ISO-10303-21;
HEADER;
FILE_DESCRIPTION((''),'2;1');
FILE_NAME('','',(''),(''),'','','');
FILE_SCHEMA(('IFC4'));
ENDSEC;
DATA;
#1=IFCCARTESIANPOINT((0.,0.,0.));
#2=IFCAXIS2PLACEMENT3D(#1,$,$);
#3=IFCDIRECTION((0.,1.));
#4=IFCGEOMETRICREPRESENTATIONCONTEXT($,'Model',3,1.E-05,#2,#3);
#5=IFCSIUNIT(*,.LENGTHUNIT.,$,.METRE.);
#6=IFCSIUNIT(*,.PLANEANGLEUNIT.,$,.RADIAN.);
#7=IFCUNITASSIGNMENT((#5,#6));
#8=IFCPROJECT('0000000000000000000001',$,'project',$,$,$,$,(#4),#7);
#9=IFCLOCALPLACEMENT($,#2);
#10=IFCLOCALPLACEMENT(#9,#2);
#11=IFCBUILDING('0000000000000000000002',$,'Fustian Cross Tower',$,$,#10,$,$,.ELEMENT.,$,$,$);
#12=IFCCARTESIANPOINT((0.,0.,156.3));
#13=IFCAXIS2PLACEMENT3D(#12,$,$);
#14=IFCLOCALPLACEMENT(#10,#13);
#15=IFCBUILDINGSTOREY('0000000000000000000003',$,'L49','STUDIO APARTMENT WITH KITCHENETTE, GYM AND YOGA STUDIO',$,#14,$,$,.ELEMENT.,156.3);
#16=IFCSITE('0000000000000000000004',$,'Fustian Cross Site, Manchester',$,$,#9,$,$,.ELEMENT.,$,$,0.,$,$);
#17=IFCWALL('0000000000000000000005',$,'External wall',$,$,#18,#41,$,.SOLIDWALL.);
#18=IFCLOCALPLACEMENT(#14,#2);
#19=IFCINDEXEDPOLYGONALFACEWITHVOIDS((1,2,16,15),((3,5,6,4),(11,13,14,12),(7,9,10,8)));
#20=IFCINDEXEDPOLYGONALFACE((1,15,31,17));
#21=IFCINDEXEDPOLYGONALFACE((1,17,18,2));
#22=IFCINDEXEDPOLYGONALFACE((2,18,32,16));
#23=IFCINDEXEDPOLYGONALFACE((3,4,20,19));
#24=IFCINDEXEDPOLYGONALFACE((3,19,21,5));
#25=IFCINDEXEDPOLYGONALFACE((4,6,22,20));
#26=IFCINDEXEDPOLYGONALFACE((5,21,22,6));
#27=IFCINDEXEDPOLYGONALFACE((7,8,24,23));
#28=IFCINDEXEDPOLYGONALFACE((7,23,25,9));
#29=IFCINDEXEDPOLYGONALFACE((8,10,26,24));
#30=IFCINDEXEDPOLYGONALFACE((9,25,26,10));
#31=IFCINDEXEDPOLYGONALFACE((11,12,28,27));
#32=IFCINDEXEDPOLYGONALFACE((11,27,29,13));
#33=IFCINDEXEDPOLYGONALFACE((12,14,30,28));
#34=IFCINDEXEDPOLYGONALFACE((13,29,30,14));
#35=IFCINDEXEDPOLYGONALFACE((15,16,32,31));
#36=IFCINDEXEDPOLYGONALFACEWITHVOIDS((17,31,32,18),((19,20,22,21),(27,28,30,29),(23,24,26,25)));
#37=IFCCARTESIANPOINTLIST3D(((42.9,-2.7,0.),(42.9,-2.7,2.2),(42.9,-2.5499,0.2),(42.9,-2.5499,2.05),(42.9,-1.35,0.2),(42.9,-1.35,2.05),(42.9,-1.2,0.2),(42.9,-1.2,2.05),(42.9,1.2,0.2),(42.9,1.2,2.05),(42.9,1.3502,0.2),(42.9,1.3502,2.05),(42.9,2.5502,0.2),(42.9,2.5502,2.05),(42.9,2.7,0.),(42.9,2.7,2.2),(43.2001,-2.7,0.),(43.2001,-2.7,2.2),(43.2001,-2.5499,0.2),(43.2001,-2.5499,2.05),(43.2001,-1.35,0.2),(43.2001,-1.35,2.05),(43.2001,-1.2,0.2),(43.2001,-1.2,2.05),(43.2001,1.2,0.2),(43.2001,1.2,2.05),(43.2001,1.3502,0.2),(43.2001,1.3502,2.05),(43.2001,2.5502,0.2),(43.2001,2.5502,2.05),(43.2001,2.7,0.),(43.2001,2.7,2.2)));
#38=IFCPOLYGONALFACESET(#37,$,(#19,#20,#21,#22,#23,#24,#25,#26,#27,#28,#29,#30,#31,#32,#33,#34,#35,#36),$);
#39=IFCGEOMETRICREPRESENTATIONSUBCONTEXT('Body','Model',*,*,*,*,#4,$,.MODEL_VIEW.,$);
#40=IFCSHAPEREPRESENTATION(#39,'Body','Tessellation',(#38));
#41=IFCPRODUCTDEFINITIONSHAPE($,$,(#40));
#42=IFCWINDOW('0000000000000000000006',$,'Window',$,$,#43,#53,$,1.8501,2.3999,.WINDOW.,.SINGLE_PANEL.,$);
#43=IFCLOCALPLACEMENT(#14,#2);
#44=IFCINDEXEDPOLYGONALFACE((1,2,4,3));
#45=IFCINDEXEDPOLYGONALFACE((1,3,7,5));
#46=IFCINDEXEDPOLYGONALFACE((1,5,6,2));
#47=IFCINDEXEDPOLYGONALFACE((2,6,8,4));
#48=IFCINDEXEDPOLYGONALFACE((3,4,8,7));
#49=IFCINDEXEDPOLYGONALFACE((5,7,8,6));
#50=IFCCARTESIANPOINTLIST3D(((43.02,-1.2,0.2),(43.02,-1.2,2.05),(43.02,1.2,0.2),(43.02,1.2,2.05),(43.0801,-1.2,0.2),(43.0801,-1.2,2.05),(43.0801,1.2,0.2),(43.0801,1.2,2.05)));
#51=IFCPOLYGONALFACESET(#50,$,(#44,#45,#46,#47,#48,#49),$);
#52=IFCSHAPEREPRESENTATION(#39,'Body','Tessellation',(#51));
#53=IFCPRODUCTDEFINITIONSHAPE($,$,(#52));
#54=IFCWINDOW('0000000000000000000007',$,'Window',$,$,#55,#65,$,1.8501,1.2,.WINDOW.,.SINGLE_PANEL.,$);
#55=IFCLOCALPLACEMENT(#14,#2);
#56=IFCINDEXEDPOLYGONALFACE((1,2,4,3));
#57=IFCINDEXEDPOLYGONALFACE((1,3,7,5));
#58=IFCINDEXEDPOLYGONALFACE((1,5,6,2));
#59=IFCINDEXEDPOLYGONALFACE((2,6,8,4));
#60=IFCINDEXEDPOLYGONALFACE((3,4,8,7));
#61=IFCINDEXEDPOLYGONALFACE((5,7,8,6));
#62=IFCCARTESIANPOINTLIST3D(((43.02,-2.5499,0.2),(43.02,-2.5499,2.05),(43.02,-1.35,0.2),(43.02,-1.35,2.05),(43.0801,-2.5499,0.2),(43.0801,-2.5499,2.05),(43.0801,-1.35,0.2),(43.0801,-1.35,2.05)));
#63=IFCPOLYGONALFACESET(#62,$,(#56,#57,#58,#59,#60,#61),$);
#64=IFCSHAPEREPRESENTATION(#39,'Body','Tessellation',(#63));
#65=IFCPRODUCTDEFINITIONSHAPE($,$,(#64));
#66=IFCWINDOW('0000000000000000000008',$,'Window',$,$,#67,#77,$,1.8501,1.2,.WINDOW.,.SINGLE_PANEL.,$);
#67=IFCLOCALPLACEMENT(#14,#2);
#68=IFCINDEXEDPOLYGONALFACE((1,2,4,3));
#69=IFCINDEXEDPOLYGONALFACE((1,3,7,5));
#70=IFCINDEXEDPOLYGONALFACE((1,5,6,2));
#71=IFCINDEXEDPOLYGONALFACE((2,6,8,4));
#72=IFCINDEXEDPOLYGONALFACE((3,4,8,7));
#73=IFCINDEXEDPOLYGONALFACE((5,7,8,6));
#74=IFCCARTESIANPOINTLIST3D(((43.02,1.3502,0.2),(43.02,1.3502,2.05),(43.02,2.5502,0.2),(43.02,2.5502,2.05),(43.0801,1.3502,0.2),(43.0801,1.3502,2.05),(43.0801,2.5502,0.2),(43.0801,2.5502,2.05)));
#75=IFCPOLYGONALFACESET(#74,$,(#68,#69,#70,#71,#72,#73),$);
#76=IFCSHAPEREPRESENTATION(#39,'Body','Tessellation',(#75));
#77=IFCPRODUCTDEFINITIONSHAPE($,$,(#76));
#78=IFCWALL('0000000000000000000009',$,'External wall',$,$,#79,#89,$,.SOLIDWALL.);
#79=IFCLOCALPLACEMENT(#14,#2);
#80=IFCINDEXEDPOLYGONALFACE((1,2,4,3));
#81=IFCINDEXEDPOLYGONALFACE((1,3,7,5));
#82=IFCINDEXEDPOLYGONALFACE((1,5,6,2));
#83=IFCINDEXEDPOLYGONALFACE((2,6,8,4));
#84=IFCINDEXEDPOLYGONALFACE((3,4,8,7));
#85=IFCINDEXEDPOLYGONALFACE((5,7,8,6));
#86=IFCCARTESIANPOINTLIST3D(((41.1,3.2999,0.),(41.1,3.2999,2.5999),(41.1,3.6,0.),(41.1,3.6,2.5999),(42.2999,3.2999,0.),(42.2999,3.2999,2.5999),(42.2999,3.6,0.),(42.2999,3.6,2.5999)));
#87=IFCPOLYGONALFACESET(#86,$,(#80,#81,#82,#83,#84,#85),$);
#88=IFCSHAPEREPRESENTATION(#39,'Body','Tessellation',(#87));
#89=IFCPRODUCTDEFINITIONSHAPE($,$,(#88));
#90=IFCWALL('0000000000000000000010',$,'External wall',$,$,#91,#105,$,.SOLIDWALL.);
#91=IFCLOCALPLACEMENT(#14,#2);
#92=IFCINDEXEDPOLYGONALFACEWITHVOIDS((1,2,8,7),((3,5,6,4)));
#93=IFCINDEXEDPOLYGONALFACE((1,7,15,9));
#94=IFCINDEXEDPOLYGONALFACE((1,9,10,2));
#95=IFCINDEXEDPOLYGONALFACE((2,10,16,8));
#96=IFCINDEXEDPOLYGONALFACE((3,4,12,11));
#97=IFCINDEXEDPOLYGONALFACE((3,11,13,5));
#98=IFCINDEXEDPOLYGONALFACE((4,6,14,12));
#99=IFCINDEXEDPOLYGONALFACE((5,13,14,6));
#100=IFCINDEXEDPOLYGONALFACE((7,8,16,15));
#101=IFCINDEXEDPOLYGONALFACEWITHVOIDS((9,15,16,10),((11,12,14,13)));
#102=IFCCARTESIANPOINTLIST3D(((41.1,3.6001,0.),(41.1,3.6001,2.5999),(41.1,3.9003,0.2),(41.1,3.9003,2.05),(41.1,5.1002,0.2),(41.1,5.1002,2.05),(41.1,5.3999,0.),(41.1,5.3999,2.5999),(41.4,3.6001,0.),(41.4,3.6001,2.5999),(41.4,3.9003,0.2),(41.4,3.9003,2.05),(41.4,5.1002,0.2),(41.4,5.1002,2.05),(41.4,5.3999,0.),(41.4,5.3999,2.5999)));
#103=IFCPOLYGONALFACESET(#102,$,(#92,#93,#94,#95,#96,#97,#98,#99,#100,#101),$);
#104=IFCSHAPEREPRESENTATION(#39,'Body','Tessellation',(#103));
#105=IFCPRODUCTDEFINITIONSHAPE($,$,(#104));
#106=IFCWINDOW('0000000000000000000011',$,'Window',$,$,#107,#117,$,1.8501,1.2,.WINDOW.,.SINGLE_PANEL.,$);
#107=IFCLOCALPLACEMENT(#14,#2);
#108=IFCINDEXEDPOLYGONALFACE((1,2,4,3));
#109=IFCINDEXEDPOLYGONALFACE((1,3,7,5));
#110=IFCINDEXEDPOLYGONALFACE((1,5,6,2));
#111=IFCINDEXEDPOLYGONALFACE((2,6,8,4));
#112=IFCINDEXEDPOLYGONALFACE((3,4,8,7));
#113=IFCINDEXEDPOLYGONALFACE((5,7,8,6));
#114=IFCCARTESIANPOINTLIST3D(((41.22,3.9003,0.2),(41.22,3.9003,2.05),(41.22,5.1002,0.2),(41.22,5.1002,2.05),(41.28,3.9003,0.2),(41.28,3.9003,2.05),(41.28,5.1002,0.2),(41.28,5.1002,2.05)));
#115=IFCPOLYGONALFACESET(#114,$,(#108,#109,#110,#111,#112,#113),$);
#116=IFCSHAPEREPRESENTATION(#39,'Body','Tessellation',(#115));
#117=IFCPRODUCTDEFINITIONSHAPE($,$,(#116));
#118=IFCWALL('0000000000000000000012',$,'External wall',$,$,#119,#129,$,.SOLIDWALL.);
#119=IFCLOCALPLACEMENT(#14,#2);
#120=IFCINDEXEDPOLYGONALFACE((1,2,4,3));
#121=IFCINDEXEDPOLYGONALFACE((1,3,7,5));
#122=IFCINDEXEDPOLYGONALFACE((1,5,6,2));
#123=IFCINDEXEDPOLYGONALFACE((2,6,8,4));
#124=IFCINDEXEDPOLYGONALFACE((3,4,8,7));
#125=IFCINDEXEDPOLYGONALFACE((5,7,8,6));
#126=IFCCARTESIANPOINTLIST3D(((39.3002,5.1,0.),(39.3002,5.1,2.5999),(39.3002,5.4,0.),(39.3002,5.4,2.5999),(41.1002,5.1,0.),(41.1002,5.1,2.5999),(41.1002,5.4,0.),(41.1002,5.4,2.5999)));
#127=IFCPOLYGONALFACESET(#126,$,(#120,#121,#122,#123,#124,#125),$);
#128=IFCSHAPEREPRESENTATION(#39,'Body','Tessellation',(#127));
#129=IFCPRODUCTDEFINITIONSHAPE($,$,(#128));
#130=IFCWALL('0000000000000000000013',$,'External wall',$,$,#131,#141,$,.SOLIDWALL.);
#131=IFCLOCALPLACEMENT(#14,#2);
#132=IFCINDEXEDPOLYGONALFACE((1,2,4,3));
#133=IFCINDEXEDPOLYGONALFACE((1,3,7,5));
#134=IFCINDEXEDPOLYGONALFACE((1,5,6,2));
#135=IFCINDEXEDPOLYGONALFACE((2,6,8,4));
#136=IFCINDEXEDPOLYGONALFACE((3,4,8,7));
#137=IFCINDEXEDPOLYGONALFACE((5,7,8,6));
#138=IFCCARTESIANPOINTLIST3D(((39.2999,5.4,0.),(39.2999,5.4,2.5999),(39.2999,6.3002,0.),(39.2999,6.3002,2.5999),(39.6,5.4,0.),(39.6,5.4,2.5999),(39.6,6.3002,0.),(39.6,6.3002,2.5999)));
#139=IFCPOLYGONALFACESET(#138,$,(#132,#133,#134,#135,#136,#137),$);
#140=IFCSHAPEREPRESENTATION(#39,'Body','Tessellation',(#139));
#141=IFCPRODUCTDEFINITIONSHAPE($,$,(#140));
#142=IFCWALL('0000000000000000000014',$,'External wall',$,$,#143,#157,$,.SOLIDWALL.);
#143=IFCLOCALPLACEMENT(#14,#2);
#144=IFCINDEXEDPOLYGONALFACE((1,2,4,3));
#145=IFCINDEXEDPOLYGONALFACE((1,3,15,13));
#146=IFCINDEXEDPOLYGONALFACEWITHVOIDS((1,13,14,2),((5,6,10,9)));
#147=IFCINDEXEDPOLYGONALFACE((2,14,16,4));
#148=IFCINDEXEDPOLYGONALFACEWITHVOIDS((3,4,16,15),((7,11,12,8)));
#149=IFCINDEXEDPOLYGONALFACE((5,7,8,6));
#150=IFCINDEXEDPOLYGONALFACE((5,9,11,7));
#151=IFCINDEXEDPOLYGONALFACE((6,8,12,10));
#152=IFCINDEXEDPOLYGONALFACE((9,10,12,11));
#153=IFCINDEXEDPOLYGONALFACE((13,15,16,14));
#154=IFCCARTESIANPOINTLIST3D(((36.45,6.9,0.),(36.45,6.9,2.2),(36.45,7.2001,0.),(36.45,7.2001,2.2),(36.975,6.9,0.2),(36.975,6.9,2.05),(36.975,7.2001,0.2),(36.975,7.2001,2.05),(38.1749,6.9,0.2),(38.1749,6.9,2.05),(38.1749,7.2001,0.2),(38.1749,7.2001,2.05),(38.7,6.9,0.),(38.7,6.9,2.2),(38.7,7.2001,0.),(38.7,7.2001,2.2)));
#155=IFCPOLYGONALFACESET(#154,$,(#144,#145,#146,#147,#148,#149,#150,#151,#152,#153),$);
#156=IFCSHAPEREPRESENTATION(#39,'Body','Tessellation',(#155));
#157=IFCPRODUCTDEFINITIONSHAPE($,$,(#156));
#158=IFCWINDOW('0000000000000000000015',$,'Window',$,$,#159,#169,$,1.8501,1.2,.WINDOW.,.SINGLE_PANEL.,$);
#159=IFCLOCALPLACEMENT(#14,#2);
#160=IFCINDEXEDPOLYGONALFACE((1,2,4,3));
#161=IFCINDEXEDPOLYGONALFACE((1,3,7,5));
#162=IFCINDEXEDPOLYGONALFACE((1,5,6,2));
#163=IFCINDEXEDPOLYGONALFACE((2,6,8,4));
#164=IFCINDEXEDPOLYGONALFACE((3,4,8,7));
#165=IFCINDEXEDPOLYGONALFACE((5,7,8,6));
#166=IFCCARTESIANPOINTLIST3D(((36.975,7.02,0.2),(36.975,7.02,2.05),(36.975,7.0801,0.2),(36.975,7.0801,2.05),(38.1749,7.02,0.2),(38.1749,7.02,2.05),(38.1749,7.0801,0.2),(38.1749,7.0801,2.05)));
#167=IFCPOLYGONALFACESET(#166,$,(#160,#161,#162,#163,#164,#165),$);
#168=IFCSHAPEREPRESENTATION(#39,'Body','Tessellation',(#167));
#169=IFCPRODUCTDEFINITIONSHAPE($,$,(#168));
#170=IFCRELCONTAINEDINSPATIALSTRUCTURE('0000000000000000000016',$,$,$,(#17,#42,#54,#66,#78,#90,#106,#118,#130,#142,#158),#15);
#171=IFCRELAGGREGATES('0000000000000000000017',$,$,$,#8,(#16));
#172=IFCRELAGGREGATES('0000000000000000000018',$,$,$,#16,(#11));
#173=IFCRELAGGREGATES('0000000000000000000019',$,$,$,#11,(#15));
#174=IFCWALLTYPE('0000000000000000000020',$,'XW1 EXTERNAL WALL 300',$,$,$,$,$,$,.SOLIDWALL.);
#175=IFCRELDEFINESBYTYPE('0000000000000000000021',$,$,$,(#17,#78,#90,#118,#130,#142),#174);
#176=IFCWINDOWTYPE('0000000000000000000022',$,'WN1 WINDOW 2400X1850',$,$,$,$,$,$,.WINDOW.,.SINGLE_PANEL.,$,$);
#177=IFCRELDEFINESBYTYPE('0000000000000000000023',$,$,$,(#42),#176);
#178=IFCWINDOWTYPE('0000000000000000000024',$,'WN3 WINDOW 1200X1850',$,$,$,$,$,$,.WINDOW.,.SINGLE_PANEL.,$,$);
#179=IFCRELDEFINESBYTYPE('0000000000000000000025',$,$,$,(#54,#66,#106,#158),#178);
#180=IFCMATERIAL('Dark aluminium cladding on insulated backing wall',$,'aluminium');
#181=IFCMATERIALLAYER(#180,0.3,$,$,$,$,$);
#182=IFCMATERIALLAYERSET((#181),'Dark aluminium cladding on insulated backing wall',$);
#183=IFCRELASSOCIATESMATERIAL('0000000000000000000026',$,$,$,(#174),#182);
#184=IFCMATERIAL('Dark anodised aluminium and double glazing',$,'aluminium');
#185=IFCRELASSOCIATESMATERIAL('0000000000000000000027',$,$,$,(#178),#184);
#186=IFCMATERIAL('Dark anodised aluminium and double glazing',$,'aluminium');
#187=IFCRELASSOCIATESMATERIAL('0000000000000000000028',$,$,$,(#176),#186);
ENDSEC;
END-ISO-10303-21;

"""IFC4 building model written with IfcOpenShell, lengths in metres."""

from ifc_helpers import new_model, si_unit, direction, frame, frame_2d, origin, place, context, subcontext, project, spatial, rectangle, extrude, material, layer, layer_set, type_object, element, fill, save


model = new_model("IFC4")

# Units and contexts
model_context = context("Model", 3, precision=1e-05, world=origin(), true_north=direction((0.0, 1.0)))
body_context = subcontext(model_context, "Body", "Model", "MODEL_VIEW")
ifc_project = project(units=[si_unit("LENGTHUNIT", "METRE"), si_unit("PLANEANGLEUNIT", "RADIAN")], contexts=[model_context])

# Site, building, storey
site_placement = place(None, origin())
site = spatial("IfcSite", under=ifc_project, at=site_placement, Name="Fustian Cross Site, Manchester", CompositionType="ELEMENT", RefElevation=0.0)
building_placement = place(site_placement, origin())
building = spatial("IfcBuilding", under=site, at=building_placement, Name="Fustian Cross Tower", CompositionType="ELEMENT")
storey_placement = place(building_placement, frame((0.0, 0.0, 156.3)))
storey = spatial("IfcBuildingStorey", under=building, at=storey_placement, Name="L49", Description="STUDIO APARTMENT WITH KITCHENETTE, GYM AND YOGA STUDIO", CompositionType="ELEMENT", Elevation=156.3)

# Shared definitions
ifc_material_1 = material(Name="Dark aluminium cladding on insulated backing wall", Category="aluminium")
ifc_layer_1 = layer(ifc_material_1, 0.3)
ifc_layer_set_1 = layer_set([ifc_layer_1], Name="Dark aluminium cladding on insulated backing wall")
wall_type_1 = type_object("IfcWallType", Name="XW1 EXTERNAL WALL 300", PredefinedType="SOLIDWALL", material=ifc_layer_set_1)

# Shared definitions
ifc_material_2 = material(Name="Dark anodised aluminium and double glazing", Category="aluminium")
window_type_1 = type_object("IfcWindowType", Name="WN3 WINDOW 1200X1850", PartitioningType="SINGLE_PANEL", PredefinedType="WINDOW", material=ifc_material_2)

# Wall, openings, windows
wall_1_placement = place(storey_placement, frame((43.05, -2.7, 0.0), z_axis=(0.0, 0.0, 1.0), x_axis=(0.0, 1.0, 0.0)))
wall_1 = element("IfcWall", 1, at=wall_1_placement, inside=storey, type_object=wall_type_1, Name="External wall", PredefinedType="SOLIDWALL", context=body_context, shape_type="SweptSolid", body=[
    extrude(rectangle(XDim=5.3999, YDim=0.3, at=frame_2d((2.7, 0.0))), origin(), (0.0, 0.0, 1.0), 2.2),
])
opening_1_placement = place(wall_1_placement, frame((1.5, 0.0, 0.2)))
opening_1 = element("IfcOpeningElement", 2, at=opening_1_placement, cuts=wall_1, PredefinedType="OPENING", context=body_context, shape_type="SweptSolid", body=[
    extrude(rectangle(XDim=2.3999, YDim=1.8501, at=frame_2d((1.2, 0.925))), frame((0.0, 0.1599, 0.0), z_axis=(0.0, -1.0, 0.0), x_axis=(1.0, 0.0, 0.0)), (0.0, 0.0, 1.0), 0.3201),
])
opening_2_placement = place(wall_1_placement, frame((0.1499, 0.0, 0.2)))
opening_2 = element("IfcOpeningElement", 3, at=opening_2_placement, cuts=wall_1, PredefinedType="OPENING", context=body_context, shape_type="SweptSolid", body=[
    extrude(rectangle(XDim=1.2, YDim=1.8501, at=frame_2d((0.6001, 0.925))), frame((0.0, 0.1599, 0.0), z_axis=(0.0, -1.0, 0.0), x_axis=(1.0, 0.0, 0.0)), (0.0, 0.0, 1.0), 0.3201),
])
opening_3_placement = place(wall_1_placement, frame((4.05, 0.0, 0.2)))
opening_3 = element("IfcOpeningElement", 4, at=opening_3_placement, cuts=wall_1, PredefinedType="OPENING", context=body_context, shape_type="SweptSolid", body=[
    extrude(rectangle(XDim=1.2, YDim=1.8501, at=frame_2d((0.6001, 0.925))), frame((0.0, 0.1599, 0.0), z_axis=(0.0, -1.0, 0.0), x_axis=(1.0, 0.0, 0.0)), (0.0, 0.0, 1.0), 0.3201),
])
ifc_material_3 = material(Name="Dark anodised aluminium and double glazing", Category="aluminium")
window_type_2 = type_object("IfcWindowType", Name="WN1 WINDOW 2400X1850", PartitioningType="SINGLE_PANEL", PredefinedType="WINDOW", material=ifc_material_3)
window_1_placement = place(opening_1_placement, origin())
window_1 = element("IfcWindow", 5, at=window_1_placement, inside=storey, type_object=window_type_2, Name="Window", OverallHeight=1.8501, OverallWidth=2.3999, PartitioningType="SINGLE_PANEL", PredefinedType="WINDOW", context=body_context, shape_type="SweptSolid", body=[
    extrude(rectangle(XDim=2.3999, YDim=1.8501, at=frame_2d((1.2, 0.925))), frame((0.0, 0.03, 0.0), z_axis=(0.0, -1.0, 0.0), x_axis=(1.0, 0.0, 0.0)), (0.0, 0.0, 1.0), 0.0601),
])
fill(opening_1, window_1)
window_2_placement = place(opening_2_placement, origin())
window_2 = element("IfcWindow", 6, at=window_2_placement, inside=storey, type_object=window_type_1, Name="Window", OverallHeight=1.8501, OverallWidth=1.2, PartitioningType="SINGLE_PANEL", PredefinedType="WINDOW", context=body_context, shape_type="SweptSolid", body=[
    extrude(rectangle(XDim=1.2, YDim=1.8501, at=frame_2d((0.6001, 0.925))), frame((0.0, 0.03, 0.0), z_axis=(0.0, -1.0, 0.0), x_axis=(1.0, 0.0, 0.0)), (0.0, 0.0, 1.0), 0.0601),
])
fill(opening_2, window_2)
window_3_placement = place(opening_3_placement, origin())
window_3 = element("IfcWindow", 7, at=window_3_placement, inside=storey, type_object=window_type_1, Name="Window", OverallHeight=1.8501, OverallWidth=1.2, PartitioningType="SINGLE_PANEL", PredefinedType="WINDOW", context=body_context, shape_type="SweptSolid", body=[
    extrude(rectangle(XDim=1.2, YDim=1.8501, at=frame_2d((0.6001, 0.925))), frame((0.0, 0.03, 0.0), z_axis=(0.0, -1.0, 0.0), x_axis=(1.0, 0.0, 0.0)), (0.0, 0.0, 1.0), 0.0601),
])
fill(opening_3, window_3)

# Wall
wall_2_placement = place(storey_placement, frame((42.3, 3.45, 0.0), z_axis=(0.0, 0.0, 1.0), x_axis=(-1.0, 0.0, 0.0)))
element("IfcWall", 8, at=wall_2_placement, inside=storey, type_object=wall_type_1, Name="External wall", PredefinedType="SOLIDWALL", context=body_context, shape_type="SweptSolid", body=[
    extrude(rectangle(XDim=1.2, YDim=0.3, at=frame_2d((0.6001, 0.0))), origin(), (0.0, 0.0, 1.0), 2.5999),
])

# Wall, opening, window
wall_3_placement = place(storey_placement, frame((41.25, 3.6001, 0.0), z_axis=(0.0, 0.0, 1.0), x_axis=(0.0, 1.0, 0.0)))
wall_3 = element("IfcWall", 9, at=wall_3_placement, inside=storey, type_object=wall_type_1, Name="External wall", PredefinedType="SOLIDWALL", context=body_context, shape_type="SweptSolid", body=[
    extrude(rectangle(XDim=1.7998, YDim=0.3, at=frame_2d((0.8999, 0.0))), origin(), (0.0, 0.0, 1.0), 2.5999),
])
opening_4_placement = place(wall_3_placement, frame((0.3, 0.0, 0.2)))
opening_4 = element("IfcOpeningElement", 10, at=opening_4_placement, cuts=wall_3, PredefinedType="OPENING", context=body_context, shape_type="SweptSolid", body=[
    extrude(rectangle(XDim=1.2, YDim=1.8501, at=frame_2d((0.6001, 0.925))), frame((0.0, 0.1599, 0.0), z_axis=(0.0, -1.0, 0.0), x_axis=(1.0, 0.0, 0.0)), (0.0, 0.0, 1.0), 0.3201),
])
window_4_placement = place(opening_4_placement, origin())
window_4 = element("IfcWindow", 11, at=window_4_placement, inside=storey, type_object=window_type_1, Name="Window", OverallHeight=1.8501, OverallWidth=1.2, PartitioningType="SINGLE_PANEL", PredefinedType="WINDOW", context=body_context, shape_type="SweptSolid", body=[
    extrude(rectangle(XDim=1.2, YDim=1.8501, at=frame_2d((0.6001, 0.925))), frame((0.0, 0.03, 0.0), z_axis=(0.0, -1.0, 0.0), x_axis=(1.0, 0.0, 0.0)), (0.0, 0.0, 1.0), 0.0601),
])
fill(opening_4, window_4)

# Walls
wall_4_placement = place(storey_placement, frame((41.1001, 5.25, 0.0), z_axis=(0.0, 0.0, 1.0), x_axis=(-1.0, 0.0, 0.0)))
element("IfcWall", 12, at=wall_4_placement, inside=storey, type_object=wall_type_1, Name="External wall", PredefinedType="SOLIDWALL", context=body_context, shape_type="SweptSolid", body=[
    extrude(rectangle(XDim=1.8, YDim=0.3, at=frame_2d((0.8999, 0.0))), origin(), (0.0, 0.0, 1.0), 2.5999),
])
wall_5_placement = place(storey_placement, frame((39.45, 5.3999, 0.0), z_axis=(0.0, 0.0, 1.0), x_axis=(0.0, 1.0, 0.0)))
element("IfcWall", 13, at=wall_5_placement, inside=storey, type_object=wall_type_1, Name="External wall", PredefinedType="SOLIDWALL", context=body_context, shape_type="SweptSolid", body=[
    extrude(rectangle(XDim=0.9001, YDim=0.3, at=frame_2d((0.4502, 0.0))), origin(), (0.0, 0.0, 1.0), 2.5999),
])

# Wall, opening, window
wall_6_placement = place(storey_placement, frame((38.7, 7.05, 0.0), z_axis=(0.0, 0.0, 1.0), x_axis=(-1.0, 0.0, 0.0)))
wall_6 = element("IfcWall", 14, at=wall_6_placement, inside=storey, type_object=wall_type_1, Name="External wall", PredefinedType="SOLIDWALL", context=body_context, shape_type="SweptSolid", body=[
    extrude(rectangle(XDim=2.25, YDim=0.3, at=frame_2d((1.125, 0.0))), origin(), (0.0, 0.0, 1.0), 2.2),
])
opening_5_placement = place(wall_6_placement, frame((0.5249, 0.0, 0.2)))
opening_5 = element("IfcOpeningElement", 15, at=opening_5_placement, cuts=wall_6, PredefinedType="OPENING", context=body_context, shape_type="SweptSolid", body=[
    extrude(rectangle(XDim=1.2, YDim=1.8501, at=frame_2d((0.6001, 0.925))), frame((0.0, 0.1599, 0.0), z_axis=(0.0, -1.0, 0.0), x_axis=(1.0, 0.0, 0.0)), (0.0, 0.0, 1.0), 0.3201),
])
window_5_placement = place(opening_5_placement, origin())
window_5 = element("IfcWindow", 16, at=window_5_placement, inside=storey, type_object=window_type_1, Name="Window", OverallHeight=1.8501, OverallWidth=1.2, PartitioningType="SINGLE_PANEL", PredefinedType="WINDOW", context=body_context, shape_type="SweptSolid", body=[
    extrude(rectangle(XDim=1.2, YDim=1.8501, at=frame_2d((0.6001, 0.925))), frame((0.0, 0.03, 0.0), z_axis=(0.0, -1.0, 0.0), x_axis=(1.0, 0.0, 0.0)), (0.0, 0.0, 1.0), 0.0601),
])
fill(opening_5, window_5)

save(model, "model.ifc")
